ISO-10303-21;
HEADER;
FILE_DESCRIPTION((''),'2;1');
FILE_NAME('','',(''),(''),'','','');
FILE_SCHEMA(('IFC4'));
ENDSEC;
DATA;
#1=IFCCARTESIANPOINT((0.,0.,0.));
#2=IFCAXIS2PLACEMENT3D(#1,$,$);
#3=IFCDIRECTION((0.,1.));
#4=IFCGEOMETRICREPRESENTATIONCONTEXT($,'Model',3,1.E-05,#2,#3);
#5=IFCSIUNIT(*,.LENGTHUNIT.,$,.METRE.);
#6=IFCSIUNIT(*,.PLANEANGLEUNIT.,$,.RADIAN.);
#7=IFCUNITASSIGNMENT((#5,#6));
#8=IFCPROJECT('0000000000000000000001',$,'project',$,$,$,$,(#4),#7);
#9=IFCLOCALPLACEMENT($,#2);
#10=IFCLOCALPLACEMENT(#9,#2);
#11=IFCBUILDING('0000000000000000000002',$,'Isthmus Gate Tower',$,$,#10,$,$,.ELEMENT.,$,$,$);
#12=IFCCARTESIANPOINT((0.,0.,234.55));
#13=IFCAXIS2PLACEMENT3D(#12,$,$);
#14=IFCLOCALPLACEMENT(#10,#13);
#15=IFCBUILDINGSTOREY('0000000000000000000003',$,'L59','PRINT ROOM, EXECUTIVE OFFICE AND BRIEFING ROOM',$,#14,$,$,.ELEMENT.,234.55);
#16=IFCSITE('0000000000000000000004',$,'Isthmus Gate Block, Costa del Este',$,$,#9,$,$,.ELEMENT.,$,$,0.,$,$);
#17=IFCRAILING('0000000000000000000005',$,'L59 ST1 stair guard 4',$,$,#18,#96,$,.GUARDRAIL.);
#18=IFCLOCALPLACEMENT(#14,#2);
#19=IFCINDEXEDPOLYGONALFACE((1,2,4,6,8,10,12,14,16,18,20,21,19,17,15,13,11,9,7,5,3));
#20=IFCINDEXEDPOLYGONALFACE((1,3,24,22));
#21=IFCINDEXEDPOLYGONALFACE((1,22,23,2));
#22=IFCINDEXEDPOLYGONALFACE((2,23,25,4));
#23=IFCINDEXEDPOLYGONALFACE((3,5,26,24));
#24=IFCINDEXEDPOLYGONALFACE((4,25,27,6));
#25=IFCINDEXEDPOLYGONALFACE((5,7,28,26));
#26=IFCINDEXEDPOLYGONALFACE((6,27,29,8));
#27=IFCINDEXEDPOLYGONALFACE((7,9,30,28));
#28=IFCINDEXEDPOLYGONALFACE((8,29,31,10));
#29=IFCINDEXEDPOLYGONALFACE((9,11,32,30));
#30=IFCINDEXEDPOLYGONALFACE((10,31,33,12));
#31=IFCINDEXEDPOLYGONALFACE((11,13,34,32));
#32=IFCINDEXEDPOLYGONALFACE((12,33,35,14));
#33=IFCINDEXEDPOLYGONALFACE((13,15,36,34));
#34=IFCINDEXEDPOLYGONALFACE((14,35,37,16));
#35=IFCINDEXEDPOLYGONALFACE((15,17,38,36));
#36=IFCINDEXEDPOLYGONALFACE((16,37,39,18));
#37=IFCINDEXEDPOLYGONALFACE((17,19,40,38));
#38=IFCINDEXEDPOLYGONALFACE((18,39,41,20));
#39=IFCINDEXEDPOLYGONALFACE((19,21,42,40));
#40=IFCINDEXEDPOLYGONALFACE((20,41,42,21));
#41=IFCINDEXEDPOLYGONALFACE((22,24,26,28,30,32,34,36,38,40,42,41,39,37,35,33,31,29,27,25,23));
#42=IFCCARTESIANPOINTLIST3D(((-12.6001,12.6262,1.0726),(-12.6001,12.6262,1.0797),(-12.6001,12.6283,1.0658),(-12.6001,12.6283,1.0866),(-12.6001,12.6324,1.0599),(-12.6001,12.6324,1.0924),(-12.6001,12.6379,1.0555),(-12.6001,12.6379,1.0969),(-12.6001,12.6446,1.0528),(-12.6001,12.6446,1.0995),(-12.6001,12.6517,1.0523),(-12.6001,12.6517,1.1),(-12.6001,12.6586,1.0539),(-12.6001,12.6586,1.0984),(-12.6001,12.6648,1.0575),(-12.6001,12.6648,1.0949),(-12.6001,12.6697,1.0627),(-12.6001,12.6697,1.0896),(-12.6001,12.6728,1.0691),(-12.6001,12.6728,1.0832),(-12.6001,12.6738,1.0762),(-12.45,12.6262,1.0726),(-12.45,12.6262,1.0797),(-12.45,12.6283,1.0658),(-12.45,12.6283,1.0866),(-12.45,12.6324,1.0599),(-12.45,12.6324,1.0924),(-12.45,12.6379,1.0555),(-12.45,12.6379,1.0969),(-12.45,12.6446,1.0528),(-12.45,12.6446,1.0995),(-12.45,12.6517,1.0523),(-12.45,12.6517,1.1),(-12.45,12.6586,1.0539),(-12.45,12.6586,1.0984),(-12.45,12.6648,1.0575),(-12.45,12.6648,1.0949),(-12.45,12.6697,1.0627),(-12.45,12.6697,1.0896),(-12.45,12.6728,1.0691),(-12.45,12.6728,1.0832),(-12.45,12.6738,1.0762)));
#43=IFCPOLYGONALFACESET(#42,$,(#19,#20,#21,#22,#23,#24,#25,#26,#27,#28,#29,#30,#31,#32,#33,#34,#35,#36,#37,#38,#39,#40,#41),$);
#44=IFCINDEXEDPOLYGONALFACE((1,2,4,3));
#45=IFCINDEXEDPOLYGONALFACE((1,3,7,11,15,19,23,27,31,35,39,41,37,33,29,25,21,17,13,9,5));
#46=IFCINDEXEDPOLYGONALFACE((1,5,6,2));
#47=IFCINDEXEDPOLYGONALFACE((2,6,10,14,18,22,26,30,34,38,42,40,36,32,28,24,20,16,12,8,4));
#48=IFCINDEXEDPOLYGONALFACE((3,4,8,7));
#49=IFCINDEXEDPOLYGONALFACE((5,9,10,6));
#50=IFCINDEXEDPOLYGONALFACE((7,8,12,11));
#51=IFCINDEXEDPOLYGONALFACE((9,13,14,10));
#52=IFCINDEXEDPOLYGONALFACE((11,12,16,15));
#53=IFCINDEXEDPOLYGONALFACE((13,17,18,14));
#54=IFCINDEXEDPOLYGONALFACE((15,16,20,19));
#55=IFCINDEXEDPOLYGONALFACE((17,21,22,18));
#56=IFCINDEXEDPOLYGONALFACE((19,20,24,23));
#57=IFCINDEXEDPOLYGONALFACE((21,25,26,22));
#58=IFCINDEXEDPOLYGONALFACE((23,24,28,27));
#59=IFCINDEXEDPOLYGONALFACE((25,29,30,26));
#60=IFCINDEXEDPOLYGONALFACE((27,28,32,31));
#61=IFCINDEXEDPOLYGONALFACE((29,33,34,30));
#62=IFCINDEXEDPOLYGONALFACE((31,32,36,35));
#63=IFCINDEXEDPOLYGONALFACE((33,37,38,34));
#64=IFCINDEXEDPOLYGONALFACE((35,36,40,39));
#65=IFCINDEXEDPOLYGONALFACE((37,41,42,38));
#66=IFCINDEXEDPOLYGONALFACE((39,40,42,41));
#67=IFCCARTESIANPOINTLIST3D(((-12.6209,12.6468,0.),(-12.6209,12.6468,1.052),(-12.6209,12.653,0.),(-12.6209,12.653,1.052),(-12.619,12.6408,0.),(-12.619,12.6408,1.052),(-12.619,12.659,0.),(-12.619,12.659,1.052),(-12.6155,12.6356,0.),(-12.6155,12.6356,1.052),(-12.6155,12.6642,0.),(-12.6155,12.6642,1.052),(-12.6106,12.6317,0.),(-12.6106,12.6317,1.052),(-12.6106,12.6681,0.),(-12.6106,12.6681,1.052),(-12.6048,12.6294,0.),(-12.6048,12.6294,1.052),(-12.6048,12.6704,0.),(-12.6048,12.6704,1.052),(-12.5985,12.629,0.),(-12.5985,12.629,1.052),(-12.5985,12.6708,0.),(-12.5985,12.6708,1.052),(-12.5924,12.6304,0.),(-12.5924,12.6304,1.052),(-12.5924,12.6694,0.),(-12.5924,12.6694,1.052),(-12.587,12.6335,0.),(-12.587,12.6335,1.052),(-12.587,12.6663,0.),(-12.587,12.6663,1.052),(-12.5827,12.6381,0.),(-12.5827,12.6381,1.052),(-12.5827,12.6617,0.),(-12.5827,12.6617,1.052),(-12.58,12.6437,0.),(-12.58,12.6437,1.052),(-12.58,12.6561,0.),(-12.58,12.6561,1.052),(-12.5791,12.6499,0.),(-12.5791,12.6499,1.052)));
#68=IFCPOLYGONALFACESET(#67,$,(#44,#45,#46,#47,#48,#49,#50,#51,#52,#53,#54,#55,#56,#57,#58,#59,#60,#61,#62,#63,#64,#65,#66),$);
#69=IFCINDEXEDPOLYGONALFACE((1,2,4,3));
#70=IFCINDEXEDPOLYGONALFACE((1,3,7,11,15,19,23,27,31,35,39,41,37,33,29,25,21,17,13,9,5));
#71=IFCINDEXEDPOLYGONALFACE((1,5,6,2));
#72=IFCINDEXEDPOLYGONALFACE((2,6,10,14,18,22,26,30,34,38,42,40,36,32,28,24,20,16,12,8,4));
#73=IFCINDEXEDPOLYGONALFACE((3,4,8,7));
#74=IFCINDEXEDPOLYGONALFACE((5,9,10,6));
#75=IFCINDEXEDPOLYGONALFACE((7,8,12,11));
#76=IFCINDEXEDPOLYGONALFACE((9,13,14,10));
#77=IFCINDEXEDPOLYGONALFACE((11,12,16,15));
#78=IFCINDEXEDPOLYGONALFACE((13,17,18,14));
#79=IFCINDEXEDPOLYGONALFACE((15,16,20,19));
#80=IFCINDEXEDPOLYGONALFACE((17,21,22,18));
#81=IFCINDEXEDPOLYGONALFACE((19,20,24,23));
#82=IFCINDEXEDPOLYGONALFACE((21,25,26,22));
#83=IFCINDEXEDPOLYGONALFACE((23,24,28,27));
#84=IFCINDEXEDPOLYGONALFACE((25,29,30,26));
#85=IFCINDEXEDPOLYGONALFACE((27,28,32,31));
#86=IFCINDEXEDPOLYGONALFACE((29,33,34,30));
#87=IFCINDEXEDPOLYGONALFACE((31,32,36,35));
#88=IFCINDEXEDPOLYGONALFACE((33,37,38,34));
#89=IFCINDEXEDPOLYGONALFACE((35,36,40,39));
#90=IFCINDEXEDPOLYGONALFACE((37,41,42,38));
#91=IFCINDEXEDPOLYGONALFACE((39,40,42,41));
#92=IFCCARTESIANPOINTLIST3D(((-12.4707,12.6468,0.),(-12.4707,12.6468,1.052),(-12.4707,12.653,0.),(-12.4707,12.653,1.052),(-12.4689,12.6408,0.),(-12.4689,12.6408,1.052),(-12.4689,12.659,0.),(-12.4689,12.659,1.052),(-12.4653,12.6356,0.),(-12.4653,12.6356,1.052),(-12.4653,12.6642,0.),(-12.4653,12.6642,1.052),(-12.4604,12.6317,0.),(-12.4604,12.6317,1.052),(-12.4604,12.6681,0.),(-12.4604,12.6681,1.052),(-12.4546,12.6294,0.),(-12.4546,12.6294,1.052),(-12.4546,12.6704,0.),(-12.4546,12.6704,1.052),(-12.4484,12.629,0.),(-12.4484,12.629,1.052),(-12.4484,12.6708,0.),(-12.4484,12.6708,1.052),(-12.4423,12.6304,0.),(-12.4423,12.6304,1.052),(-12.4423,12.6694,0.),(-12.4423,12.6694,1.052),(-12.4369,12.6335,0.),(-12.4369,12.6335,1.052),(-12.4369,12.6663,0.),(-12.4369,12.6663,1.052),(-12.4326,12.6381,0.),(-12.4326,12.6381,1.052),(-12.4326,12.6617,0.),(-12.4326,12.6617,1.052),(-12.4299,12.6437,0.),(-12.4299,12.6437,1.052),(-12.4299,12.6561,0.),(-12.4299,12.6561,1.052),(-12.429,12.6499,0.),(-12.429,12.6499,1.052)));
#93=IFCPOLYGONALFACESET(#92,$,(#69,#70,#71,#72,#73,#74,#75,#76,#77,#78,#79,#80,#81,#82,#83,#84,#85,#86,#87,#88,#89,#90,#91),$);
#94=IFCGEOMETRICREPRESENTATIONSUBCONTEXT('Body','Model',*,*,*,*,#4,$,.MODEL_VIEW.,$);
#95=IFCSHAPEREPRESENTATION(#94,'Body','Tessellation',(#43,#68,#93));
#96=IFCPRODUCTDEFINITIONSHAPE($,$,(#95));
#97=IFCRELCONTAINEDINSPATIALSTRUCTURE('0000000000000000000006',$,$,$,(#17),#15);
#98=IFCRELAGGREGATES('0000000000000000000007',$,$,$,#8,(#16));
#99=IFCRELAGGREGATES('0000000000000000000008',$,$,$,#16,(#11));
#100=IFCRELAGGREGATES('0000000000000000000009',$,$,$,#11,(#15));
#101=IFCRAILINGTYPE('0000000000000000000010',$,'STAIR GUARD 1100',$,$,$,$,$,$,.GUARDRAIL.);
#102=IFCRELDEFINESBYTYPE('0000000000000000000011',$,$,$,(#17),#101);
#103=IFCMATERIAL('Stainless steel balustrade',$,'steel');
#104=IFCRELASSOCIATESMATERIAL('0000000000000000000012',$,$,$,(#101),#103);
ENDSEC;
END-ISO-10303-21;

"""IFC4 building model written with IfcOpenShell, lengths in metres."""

from ifc_helpers import new_model, si_unit, direction, frame, origin, origin_2d, place, context, subcontext, project, spatial, circle, extrude, material, type_object, element, save


model = new_model("IFC4")

# Units and contexts
model_context = context("Model", 3, precision=1e-05, world=origin(), true_north=direction((0.0, 1.0)))
body_context = subcontext(model_context, "Body", "Model", "MODEL_VIEW")
ifc_project = project(units=[si_unit("LENGTHUNIT", "METRE"), si_unit("PLANEANGLEUNIT", "RADIAN")], contexts=[model_context])

# Site, building, storey
site_placement = place(None, origin())
site = spatial("IfcSite", under=ifc_project, at=site_placement, Name="Isthmus Gate Block, Costa del Este", CompositionType="ELEMENT", RefElevation=0.0)
building_placement = place(site_placement, origin())
building = spatial("IfcBuilding", under=site, at=building_placement, Name="Isthmus Gate Tower", CompositionType="ELEMENT")
storey_placement = place(building_placement, frame((0.0, 0.0, 234.55)))
storey = spatial("IfcBuildingStorey", under=building, at=storey_placement, Name="L59", Description="PRINT ROOM, EXECUTIVE OFFICE AND BRIEFING ROOM", CompositionType="ELEMENT", Elevation=234.55)

# Railing
ifc_material_1 = material(Name="Stainless steel balustrade", Category="steel")
railing_type = type_object("IfcRailingType", Name="STAIR GUARD 1100", PredefinedType="GUARDRAIL", material=ifc_material_1)
railing_1_placement = place(storey_placement, frame((-12.6001, 12.6499, 0.0)))
element("IfcRailing", 1, at=railing_1_placement, inside=storey, type_object=railing_type, Name="L59 ST1 stair guard 4", PredefinedType="GUARDRAIL", context=body_context, shape_type="SweptSolid", body=[
    extrude(circle(Radius=0.0239, at=origin_2d()), frame((0.0, 0.0, 1.0762), z_axis=(1.0, 0.0, 0.0), x_axis=(0.0, 1.0, 0.0)), (0.0, 0.0, 1.0), 0.1501),
    extrude(circle(Radius=0.021, at=origin_2d()), origin(), (0.0, 0.0, 1.0), 1.052),
    extrude(circle(Radius=0.021, at=origin_2d()), frame((0.1501, 0.0, 0.0)), (0.0, 0.0, 1.0), 1.052),
])

save(model, "model.ifc")
